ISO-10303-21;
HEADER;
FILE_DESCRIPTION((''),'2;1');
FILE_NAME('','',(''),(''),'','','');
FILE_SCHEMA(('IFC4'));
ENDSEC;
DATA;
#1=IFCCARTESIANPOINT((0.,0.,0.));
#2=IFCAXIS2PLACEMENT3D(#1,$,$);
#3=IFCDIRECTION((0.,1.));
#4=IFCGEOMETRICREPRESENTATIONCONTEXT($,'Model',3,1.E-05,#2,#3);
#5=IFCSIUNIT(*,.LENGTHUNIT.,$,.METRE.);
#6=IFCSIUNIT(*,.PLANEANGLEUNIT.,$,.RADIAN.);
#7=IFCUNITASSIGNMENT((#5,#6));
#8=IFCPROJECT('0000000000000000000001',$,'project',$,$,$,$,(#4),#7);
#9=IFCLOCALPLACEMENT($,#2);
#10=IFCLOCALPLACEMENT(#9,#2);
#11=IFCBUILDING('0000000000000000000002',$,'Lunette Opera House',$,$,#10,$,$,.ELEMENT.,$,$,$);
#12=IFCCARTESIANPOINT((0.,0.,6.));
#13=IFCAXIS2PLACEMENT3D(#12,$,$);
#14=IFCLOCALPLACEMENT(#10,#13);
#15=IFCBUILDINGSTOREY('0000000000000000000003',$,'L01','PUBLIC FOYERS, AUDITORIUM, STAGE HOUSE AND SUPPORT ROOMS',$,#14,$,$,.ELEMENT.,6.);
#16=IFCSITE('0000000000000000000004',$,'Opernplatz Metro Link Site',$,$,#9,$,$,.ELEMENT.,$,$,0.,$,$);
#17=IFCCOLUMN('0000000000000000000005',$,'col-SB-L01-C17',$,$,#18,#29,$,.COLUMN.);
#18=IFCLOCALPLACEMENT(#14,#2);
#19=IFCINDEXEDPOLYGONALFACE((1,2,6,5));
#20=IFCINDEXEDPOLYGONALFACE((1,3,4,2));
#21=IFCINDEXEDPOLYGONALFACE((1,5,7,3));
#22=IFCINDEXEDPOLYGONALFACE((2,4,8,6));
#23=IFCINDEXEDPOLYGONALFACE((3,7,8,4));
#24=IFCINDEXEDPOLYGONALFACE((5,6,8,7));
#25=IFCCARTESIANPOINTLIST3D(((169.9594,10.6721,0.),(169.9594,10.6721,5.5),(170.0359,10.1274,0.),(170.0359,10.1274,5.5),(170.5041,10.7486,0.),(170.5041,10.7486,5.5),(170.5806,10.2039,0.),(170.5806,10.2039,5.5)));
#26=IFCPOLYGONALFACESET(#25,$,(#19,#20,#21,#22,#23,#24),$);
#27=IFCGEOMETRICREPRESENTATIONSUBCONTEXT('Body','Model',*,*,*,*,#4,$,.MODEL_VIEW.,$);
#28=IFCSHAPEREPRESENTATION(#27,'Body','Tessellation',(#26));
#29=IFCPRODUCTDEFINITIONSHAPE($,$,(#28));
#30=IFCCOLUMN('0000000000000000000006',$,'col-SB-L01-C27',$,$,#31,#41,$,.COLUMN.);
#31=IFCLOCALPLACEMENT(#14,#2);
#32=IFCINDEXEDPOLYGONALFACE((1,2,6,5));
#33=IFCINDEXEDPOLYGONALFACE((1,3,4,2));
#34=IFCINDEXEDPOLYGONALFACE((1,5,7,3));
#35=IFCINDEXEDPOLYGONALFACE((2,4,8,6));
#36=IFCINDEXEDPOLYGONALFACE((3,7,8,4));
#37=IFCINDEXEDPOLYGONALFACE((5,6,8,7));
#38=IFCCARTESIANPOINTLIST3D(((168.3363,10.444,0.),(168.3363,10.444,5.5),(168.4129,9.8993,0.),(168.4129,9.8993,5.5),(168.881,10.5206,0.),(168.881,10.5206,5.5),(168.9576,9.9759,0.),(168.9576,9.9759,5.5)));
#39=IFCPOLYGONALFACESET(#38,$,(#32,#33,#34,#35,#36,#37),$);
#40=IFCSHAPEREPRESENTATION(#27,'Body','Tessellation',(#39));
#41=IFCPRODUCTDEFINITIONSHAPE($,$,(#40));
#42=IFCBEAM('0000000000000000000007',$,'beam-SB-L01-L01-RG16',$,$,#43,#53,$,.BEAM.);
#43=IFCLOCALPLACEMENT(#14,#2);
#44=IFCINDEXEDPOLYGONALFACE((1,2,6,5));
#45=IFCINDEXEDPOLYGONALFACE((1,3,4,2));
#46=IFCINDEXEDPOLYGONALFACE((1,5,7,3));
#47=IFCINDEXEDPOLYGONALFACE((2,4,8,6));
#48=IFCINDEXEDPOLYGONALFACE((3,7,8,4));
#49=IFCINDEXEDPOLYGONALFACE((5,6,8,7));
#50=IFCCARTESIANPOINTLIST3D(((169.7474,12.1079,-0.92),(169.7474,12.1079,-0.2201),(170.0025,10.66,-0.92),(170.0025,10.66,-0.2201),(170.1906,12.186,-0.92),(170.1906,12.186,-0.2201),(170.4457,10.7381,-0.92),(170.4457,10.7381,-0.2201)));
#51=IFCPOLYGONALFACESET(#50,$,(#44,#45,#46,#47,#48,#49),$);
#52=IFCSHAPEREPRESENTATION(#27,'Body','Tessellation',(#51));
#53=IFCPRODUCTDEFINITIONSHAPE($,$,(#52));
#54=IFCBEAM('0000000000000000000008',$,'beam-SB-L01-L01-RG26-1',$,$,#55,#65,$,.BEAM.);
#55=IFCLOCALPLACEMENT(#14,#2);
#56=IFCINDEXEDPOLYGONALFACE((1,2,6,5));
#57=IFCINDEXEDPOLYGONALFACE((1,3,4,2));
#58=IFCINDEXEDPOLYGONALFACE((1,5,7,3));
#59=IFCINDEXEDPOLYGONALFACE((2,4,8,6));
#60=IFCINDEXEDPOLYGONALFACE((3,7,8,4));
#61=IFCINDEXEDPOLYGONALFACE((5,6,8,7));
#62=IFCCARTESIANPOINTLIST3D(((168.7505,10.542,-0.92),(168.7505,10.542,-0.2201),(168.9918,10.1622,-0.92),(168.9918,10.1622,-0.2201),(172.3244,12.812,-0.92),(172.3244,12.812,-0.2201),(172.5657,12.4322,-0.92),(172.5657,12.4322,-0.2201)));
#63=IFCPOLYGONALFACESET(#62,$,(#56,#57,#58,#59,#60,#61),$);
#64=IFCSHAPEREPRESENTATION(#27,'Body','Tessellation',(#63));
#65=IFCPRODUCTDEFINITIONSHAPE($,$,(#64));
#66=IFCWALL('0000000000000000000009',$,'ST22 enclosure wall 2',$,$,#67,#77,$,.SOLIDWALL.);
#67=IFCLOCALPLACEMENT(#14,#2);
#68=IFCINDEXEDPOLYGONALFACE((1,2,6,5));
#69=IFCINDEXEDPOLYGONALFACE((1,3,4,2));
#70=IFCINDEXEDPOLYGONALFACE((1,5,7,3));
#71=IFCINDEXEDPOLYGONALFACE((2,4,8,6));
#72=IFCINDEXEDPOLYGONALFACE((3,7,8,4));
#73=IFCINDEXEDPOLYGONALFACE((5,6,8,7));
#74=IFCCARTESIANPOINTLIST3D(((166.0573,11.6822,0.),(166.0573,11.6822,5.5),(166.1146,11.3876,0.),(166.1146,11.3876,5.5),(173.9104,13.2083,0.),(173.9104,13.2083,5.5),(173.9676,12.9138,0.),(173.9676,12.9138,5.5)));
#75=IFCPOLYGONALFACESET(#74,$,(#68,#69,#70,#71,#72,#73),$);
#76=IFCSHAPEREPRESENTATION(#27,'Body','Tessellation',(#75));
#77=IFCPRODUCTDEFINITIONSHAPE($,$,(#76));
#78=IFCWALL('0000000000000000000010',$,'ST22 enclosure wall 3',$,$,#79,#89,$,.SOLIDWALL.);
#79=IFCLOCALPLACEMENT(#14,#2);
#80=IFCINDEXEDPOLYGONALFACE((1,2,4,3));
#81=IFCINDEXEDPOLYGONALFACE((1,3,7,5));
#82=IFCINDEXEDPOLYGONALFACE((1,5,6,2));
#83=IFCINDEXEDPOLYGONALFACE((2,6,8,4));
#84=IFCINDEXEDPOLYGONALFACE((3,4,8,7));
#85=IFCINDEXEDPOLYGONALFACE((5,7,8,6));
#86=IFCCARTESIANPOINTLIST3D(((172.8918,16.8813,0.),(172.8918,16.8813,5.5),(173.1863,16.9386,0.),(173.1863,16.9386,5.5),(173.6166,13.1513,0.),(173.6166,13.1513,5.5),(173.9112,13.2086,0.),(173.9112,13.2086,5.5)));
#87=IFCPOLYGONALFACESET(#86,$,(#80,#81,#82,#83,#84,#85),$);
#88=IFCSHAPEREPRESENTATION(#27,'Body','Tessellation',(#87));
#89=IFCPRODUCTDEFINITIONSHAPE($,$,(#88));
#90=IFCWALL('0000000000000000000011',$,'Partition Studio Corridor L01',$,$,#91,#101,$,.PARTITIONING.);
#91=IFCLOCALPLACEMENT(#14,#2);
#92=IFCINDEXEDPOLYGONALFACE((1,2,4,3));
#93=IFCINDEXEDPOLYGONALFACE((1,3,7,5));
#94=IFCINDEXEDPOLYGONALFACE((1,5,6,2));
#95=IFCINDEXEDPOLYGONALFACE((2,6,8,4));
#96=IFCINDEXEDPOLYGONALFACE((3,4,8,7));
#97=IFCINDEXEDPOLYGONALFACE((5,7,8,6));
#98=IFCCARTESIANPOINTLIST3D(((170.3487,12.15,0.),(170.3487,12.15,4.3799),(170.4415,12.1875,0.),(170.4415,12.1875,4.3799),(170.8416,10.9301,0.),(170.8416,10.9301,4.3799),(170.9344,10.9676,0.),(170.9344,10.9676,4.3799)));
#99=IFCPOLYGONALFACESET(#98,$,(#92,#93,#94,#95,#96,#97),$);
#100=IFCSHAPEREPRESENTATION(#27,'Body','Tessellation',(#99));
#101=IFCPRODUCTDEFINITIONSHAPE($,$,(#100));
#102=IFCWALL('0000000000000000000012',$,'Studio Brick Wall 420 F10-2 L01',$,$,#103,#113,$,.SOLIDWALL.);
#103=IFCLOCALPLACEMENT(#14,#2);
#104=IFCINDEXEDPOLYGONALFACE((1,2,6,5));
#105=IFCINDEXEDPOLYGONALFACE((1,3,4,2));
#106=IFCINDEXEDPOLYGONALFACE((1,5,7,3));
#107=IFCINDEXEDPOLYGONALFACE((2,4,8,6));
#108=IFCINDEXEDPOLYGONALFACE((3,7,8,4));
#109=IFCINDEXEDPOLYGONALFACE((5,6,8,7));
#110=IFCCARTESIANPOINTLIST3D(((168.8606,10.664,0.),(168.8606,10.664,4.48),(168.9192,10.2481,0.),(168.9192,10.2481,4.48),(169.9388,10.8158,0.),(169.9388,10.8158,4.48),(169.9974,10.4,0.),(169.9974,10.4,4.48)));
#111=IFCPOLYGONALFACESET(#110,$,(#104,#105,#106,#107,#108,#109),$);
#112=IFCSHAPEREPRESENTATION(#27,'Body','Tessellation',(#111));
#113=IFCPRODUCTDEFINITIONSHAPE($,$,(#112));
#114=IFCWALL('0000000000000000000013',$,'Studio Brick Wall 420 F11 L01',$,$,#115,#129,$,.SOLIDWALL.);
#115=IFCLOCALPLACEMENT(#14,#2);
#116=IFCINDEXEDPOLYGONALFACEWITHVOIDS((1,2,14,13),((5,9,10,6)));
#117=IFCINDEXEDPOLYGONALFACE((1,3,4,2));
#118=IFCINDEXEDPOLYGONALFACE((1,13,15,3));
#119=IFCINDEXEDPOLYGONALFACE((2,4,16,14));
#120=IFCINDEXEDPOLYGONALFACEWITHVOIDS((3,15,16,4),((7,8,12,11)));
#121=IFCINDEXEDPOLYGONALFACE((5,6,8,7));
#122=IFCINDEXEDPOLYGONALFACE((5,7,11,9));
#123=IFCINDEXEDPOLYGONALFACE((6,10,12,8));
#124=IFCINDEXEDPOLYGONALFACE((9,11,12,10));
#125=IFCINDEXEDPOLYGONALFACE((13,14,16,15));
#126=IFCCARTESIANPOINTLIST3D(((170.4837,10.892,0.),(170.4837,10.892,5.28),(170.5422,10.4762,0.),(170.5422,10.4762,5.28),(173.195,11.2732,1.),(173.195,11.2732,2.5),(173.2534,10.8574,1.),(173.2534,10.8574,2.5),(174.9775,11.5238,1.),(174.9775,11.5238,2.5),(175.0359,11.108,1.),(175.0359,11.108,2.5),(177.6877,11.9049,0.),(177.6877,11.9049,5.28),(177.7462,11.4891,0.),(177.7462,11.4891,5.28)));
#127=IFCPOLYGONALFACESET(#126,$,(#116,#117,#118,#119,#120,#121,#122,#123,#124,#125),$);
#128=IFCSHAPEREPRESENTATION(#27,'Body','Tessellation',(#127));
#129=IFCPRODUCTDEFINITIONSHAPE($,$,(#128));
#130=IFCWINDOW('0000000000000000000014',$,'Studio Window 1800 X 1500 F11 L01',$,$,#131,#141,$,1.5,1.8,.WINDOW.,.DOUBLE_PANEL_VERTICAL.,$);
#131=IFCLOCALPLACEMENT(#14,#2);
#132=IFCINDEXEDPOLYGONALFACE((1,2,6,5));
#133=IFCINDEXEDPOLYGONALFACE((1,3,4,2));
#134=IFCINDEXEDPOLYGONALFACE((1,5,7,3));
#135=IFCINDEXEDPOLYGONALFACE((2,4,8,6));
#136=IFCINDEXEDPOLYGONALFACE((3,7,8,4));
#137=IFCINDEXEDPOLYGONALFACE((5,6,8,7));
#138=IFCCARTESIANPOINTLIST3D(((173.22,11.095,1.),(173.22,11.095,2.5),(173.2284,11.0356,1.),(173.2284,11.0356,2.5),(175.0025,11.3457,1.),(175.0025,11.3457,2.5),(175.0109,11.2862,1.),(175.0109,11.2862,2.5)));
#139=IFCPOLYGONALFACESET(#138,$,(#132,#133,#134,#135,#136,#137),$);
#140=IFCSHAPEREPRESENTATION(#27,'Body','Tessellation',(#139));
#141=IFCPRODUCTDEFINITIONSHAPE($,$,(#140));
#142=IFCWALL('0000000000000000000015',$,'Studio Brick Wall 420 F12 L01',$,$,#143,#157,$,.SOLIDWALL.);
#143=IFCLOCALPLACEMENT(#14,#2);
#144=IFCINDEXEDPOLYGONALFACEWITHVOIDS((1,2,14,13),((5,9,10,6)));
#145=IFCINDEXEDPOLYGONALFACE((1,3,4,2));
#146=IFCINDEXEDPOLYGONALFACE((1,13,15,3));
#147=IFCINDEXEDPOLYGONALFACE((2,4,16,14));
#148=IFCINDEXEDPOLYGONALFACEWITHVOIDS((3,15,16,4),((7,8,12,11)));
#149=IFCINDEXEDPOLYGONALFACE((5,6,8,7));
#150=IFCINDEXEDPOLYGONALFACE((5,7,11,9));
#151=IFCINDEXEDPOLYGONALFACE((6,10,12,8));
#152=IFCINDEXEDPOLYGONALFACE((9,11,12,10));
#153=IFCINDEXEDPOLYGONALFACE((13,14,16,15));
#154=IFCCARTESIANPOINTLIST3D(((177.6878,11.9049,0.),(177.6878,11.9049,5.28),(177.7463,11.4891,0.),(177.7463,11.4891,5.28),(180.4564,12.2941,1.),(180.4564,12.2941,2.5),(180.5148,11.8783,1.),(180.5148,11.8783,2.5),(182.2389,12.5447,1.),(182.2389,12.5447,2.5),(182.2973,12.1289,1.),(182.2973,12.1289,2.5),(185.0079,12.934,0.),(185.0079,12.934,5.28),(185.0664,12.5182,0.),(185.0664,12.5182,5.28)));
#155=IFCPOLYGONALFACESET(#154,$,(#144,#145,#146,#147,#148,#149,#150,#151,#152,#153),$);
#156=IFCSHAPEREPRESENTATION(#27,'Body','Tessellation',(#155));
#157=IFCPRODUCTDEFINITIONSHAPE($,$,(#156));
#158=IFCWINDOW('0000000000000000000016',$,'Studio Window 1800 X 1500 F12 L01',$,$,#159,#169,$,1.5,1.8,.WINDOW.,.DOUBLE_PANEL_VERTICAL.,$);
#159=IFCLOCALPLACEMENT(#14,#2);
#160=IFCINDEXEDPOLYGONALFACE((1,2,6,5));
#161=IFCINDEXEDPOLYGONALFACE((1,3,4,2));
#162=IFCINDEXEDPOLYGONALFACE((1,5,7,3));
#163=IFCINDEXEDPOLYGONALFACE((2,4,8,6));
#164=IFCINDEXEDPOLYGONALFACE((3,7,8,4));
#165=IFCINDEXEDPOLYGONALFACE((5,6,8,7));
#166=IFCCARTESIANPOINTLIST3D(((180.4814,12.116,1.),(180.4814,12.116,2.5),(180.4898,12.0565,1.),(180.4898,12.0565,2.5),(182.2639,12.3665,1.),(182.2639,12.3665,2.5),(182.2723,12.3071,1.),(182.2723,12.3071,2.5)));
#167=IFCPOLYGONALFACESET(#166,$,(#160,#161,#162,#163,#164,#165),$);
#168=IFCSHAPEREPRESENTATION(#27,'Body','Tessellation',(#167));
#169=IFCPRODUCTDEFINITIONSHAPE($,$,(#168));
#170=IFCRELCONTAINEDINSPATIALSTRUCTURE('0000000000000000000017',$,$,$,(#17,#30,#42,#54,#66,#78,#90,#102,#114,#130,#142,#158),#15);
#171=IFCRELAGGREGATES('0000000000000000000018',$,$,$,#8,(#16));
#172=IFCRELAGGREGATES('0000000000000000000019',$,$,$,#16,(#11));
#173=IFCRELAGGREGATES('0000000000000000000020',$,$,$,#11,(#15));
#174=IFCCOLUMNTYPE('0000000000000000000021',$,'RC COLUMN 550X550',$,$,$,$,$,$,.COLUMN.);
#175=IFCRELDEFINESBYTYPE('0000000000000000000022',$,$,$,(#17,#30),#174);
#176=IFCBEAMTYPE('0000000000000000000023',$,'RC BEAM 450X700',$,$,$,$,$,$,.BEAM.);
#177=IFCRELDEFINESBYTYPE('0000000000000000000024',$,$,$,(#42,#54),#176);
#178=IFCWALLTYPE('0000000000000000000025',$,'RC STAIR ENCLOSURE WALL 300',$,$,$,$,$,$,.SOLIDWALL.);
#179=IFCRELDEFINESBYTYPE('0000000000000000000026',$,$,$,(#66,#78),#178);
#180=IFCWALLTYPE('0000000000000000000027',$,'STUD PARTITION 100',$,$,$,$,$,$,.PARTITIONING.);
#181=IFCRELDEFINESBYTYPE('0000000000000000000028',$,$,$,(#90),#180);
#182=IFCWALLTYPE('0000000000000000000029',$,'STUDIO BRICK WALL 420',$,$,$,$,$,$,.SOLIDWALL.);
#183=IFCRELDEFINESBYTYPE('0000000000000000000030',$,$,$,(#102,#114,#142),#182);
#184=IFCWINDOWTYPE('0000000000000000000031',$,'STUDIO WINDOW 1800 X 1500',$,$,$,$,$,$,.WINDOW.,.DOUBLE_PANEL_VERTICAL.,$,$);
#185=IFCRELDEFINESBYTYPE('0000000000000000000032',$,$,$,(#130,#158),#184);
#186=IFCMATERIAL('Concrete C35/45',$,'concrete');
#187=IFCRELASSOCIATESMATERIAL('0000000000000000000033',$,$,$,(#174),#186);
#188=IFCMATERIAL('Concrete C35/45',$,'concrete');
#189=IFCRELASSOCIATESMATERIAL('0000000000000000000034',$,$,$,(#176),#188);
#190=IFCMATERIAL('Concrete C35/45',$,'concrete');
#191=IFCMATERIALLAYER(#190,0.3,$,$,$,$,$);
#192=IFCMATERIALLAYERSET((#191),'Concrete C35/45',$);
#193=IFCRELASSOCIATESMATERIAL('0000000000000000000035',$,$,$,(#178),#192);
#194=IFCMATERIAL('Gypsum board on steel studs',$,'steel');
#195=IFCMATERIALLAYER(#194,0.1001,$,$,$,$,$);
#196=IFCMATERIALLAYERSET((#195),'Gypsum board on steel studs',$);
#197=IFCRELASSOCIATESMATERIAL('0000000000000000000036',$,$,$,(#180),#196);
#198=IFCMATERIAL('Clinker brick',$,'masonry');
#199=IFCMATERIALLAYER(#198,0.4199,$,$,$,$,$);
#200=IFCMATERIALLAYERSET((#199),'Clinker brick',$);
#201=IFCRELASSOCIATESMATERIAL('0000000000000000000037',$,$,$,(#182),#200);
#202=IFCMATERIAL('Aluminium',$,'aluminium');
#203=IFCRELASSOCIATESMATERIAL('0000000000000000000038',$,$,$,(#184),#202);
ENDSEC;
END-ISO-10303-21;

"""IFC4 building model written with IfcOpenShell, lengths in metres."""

from ifc_helpers import new_model, si_unit, direction, frame, frame_2d, origin, origin_2d, place, context, subcontext, project, spatial, rectangle, extrude, material, layer, layer_set, material_profile, profile_set, type_object, element, fill, save


model = new_model("IFC4")

# Units and contexts
model_context = context("Model", 3, precision=1e-05, world=origin(), true_north=direction((0.0, 1.0)))
body_context = subcontext(model_context, "Body", "Model", "MODEL_VIEW")
ifc_project = project(units=[si_unit("LENGTHUNIT", "METRE"), si_unit("PLANEANGLEUNIT", "RADIAN")], contexts=[model_context])

# Site, building, storey
site_placement = place(None, origin())
site = spatial("IfcSite", under=ifc_project, at=site_placement, Name="Opernplatz Metro Link Site", CompositionType="ELEMENT", RefElevation=0.0)
building_placement = place(site_placement, origin())
building = spatial("IfcBuilding", under=site, at=building_placement, Name="Lunette Opera House", CompositionType="ELEMENT")
storey_placement = place(building_placement, frame((0.0, 0.0, 6.0)))
storey = spatial("IfcBuildingStorey", under=building, at=storey_placement, Name="L01", Description="PUBLIC FOYERS, AUDITORIUM, STAGE HOUSE AND SUPPORT ROOMS", CompositionType="ELEMENT", Elevation=6.0)

# Columns
ifc_material_1 = material(Name="Concrete C35/45", Category="concrete")
ifc_material_profile_1 = material_profile(ifc_material_1, rectangle(XDim=0.55, YDim=0.55, at=origin_2d()), Name="RC COLUMN 550X550")
ifc_profile_set_1 = profile_set([ifc_material_profile_1], Name="Concrete C35/45")
column_type = type_object("IfcColumnType", Name="RC COLUMN 550X550", PredefinedType="COLUMN", material=ifc_profile_set_1)
for number, where, z_axis, x_axis, name in (
    (1, (170.27, 10.438, 0.0), (0.0, 0.0, 1.0), (0.139173, -0.990268, 0.0), "col-SB-L01-C17"),
    (2, (168.647, 10.21, 0.0), (0.0, 0.0, 1.0), (0.139173, -0.990268, 0.0), "col-SB-L01-C27"),
):
    element("IfcColumn", number, at=place(storey_placement, frame(where, z_axis=z_axis, x_axis=x_axis)), inside=storey, type_object=column_type, Name=name, PredefinedType="COLUMN", context=body_context, shape_type="SweptSolid", body=[
        extrude(rectangle(XDim=0.55, YDim=0.55, at=origin_2d()), origin(), (0.0, 0.0, 1.0), 5.5),
    ])

# Beams
ifc_material_2 = material(Name="Concrete C35/45", Category="concrete")
ifc_material_profile_2 = material_profile(ifc_material_2, rectangle(XDim=0.45, YDim=0.7, at=origin_2d()), Name="RC BEAM 450X700")
ifc_profile_set_2 = profile_set([ifc_material_profile_2], Name="Concrete C35/45")
beam_type = type_object("IfcBeamType", Name="RC BEAM 450X700", PredefinedType="BEAM", material=ifc_profile_set_2)
beam_1_placement = place(storey_placement, frame((169.969, 12.147, -0.5701), z_axis=(0.17352, -0.98483, 0.0), x_axis=(0.98483, 0.17352, 0.0)))
element("IfcBeam", 3, at=beam_1_placement, inside=storey, type_object=beam_type, Name="beam-SB-L01-L01-RG16", PredefinedType="BEAM", context=body_context, shape_type="SweptSolid", body=[
    extrude(rectangle(XDim=0.45, YDim=0.7, at=origin_2d()), origin(), (0.0, 0.0, 1.0), 1.4702),
])
beam_2_placement = place(storey_placement, frame((172.4451, 12.6221, -0.5701), z_axis=(-0.844124, -0.536148, 0.0), x_axis=(0.536148, -0.844124, 0.0)))
element("IfcBeam", 4, at=beam_2_placement, inside=storey, type_object=beam_type, Name="beam-SB-L01-L01-RG26-1", PredefinedType="BEAM", context=body_context, shape_type="SweptSolid", body=[
    extrude(rectangle(XDim=0.45, YDim=0.7, at=origin_2d()), origin(), (0.0, 0.0, 1.0), 4.2339),
])

# Walls
ifc_material_3 = material(Name="Concrete C35/45", Category="concrete")
ifc_layer_1 = layer(ifc_material_3, 0.3)
ifc_layer_set_1 = layer_set([ifc_layer_1], Name="Concrete C35/45")
wall_type_1 = type_object("IfcWallType", Name="RC STAIR ENCLOSURE WALL 300", PredefinedType="SOLIDWALL", material=ifc_layer_set_1)
wall_1_placement = place(storey_placement, frame((166.0859, 11.5349, 0.0), z_axis=(0.0, 0.0, 1.0), x_axis=(0.981635, 0.190767, 0.0)))
element("IfcWall", 5, at=wall_1_placement, inside=storey, type_object=wall_type_1, Name="ST22 enclosure wall 2", PredefinedType="SOLIDWALL", context=body_context, shape_type="SweptSolid", body=[
    extrude(rectangle(XDim=8.0, YDim=0.3, at=frame_2d((4.0, 0.0))), origin(), (0.0, 0.0, 1.0), 5.5),
])
wall_2_placement = place(storey_placement, frame((173.7639, 13.1799, 0.0), z_axis=(0.0, 0.0, 1.0), x_axis=(-0.190763, 0.981636, 0.0)))
element("IfcWall", 6, at=wall_2_placement, inside=storey, type_object=wall_type_1, Name="ST22 enclosure wall 3", PredefinedType="SOLIDWALL", context=body_context, shape_type="SweptSolid", body=[
    extrude(rectangle(XDim=3.7998, YDim=0.3, at=frame_2d((1.8999, 0.0))), origin(), (0.0, 0.0, 1.0), 5.5),
])
ifc_material_4 = material(Name="Gypsum board on steel studs", Category="steel")
ifc_layer_2 = layer(ifc_material_4, 0.1001)
ifc_layer_set_2 = layer_set([ifc_layer_2], Name="Gypsum board on steel studs")
wall_type_2 = type_object("IfcWallType", Name="STUD PARTITION 100", PredefinedType="PARTITIONING", material=ifc_layer_set_2)
wall_3_placement = place(storey_placement, frame((170.8879, 10.949, 0.0), z_axis=(0.0, 0.0, 1.0), x_axis=(-0.37462, 0.927179, 0.0)))
element("IfcWall", 7, at=wall_3_placement, inside=storey, type_object=wall_type_2, Name="Partition Studio Corridor L01", PredefinedType="PARTITIONING", context=body_context, shape_type="SweptSolid", body=[
    extrude(rectangle(XDim=1.3157, YDim=0.1001, at=frame_2d((0.6577, 0.0))), origin(), (0.0, 0.0, 1.0), 4.3799),
])
ifc_material_5 = material(Name="Clinker brick", Category="masonry")
ifc_layer_3 = layer(ifc_material_5, 0.4199)
ifc_layer_set_3 = layer_set([ifc_layer_3], Name="Clinker brick")
wall_type_3 = type_object("IfcWallType", Name="STUDIO BRICK WALL 420", PredefinedType="SOLIDWALL", material=ifc_layer_set_3)
wall_4_placement = place(storey_placement, frame((168.8899, 10.4561, 0.0), z_axis=(0.0, 0.0, 1.0), x_axis=(0.990226, 0.139475, 0.0)))
element("IfcWall", 8, at=wall_4_placement, inside=storey, type_object=wall_type_3, Name="Studio Brick Wall 420 F10-2 L01", PredefinedType="SOLIDWALL", context=body_context, shape_type="SweptSolid", body=[
    extrude(rectangle(XDim=1.0889, YDim=0.4199, at=frame_2d((0.5444, 0.0))), origin(), (0.0, 0.0, 1.0), 4.48),
])

# Walls, openings, windows
wall_5_placement = place(storey_placement, frame((170.5129, 10.6841, 0.0), z_axis=(0.0, 0.0, 1.0), x_axis=(0.990259, 0.139236, 0.0)))
wall_5 = element("IfcWall", 9, at=wall_5_placement, inside=storey, type_object=wall_type_3, Name="Studio Brick Wall 420 F11 L01", PredefinedType="SOLIDWALL", context=body_context, shape_type="SweptSolid", body=[
    extrude(rectangle(XDim=7.2749, YDim=0.4199, at=frame_2d((3.6375, 0.0))), origin(), (0.0, 0.0, 1.0), 5.28),
])
opening_1_placement = place(wall_5_placement, frame((2.738, 0.0, 1.0)))
opening_1 = element("IfcOpeningElement", 10, at=opening_1_placement, cuts=wall_5, PredefinedType="OPENING", context=body_context, shape_type="SweptSolid", body=[
    extrude(rectangle(XDim=1.8, YDim=1.5, at=frame_2d((0.8999, 0.75))), frame((0.0, 0.2219, 0.0), z_axis=(0.0, -1.0, 0.0), x_axis=(1.0, 0.0, 0.0)), (0.0, 0.0, 1.0), 0.4438),
])
ifc_material_6 = material(Name="Aluminium", Category="aluminium")
window_type = type_object("IfcWindowType", Name="STUDIO WINDOW 1800 X 1500", PartitioningType="DOUBLE_PANEL_VERTICAL", PredefinedType="WINDOW", material=ifc_material_6)
window_1_placement = place(opening_1_placement, origin())
window_1 = element("IfcWindow", 11, at=window_1_placement, inside=storey, type_object=window_type, Name="Studio Window 1800 X 1500 F11 L01", OverallHeight=1.5, OverallWidth=1.8, PartitioningType="DOUBLE_PANEL_VERTICAL", PredefinedType="WINDOW", context=body_context, shape_type="SweptSolid", body=[
    extrude(rectangle(XDim=1.8, YDim=1.5, at=frame_2d((0.8999, 0.75))), frame((0.0, 0.03, 0.0), z_axis=(0.0, -1.0, 0.0), x_axis=(1.0, 0.0, 0.0)), (0.0, 0.0, 1.0), 0.0601),
])
fill(opening_1, window_1)
wall_6_placement = place(storey_placement, frame((177.717, 11.697, 0.0), z_axis=(0.0, 0.0, 1.0), x_axis=(0.990263, 0.139211, 0.0)))
wall_6 = element("IfcWall", 12, at=wall_6_placement, inside=storey, type_object=wall_type_3, Name="Studio Brick Wall 420 F12 L01", PredefinedType="SOLIDWALL", context=body_context, shape_type="SweptSolid", body=[
    extrude(rectangle(XDim=7.3921, YDim=0.4199, at=frame_2d((3.696, 0.0))), origin(), (0.0, 0.0, 1.0), 5.28),
])
opening_2_placement = place(wall_6_placement, frame((2.7959, 0.0, 1.0)))
opening_2 = element("IfcOpeningElement", 13, at=opening_2_placement, cuts=wall_6, PredefinedType="OPENING", context=body_context, shape_type="SweptSolid", body=[
    extrude(rectangle(XDim=1.8, YDim=1.5, at=frame_2d((0.8999, 0.75))), frame((0.0, 0.2219, 0.0), z_axis=(0.0, -1.0, 0.0), x_axis=(1.0, 0.0, 0.0)), (0.0, 0.0, 1.0), 0.4438),
])
window_2_placement = place(opening_2_placement, origin())
window_2 = element("IfcWindow", 14, at=window_2_placement, inside=storey, type_object=window_type, Name="Studio Window 1800 X 1500 F12 L01", OverallHeight=1.5, OverallWidth=1.8, PartitioningType="DOUBLE_PANEL_VERTICAL", PredefinedType="WINDOW", context=body_context, shape_type="SweptSolid", body=[
    extrude(rectangle(XDim=1.8, YDim=1.5, at=frame_2d((0.8999, 0.75))), frame((0.0, 0.03, 0.0), z_axis=(0.0, -1.0, 0.0), x_axis=(1.0, 0.0, 0.0)), (0.0, 0.0, 1.0), 0.0601),
])
fill(opening_2, window_2)

save(model, "model.ifc")
